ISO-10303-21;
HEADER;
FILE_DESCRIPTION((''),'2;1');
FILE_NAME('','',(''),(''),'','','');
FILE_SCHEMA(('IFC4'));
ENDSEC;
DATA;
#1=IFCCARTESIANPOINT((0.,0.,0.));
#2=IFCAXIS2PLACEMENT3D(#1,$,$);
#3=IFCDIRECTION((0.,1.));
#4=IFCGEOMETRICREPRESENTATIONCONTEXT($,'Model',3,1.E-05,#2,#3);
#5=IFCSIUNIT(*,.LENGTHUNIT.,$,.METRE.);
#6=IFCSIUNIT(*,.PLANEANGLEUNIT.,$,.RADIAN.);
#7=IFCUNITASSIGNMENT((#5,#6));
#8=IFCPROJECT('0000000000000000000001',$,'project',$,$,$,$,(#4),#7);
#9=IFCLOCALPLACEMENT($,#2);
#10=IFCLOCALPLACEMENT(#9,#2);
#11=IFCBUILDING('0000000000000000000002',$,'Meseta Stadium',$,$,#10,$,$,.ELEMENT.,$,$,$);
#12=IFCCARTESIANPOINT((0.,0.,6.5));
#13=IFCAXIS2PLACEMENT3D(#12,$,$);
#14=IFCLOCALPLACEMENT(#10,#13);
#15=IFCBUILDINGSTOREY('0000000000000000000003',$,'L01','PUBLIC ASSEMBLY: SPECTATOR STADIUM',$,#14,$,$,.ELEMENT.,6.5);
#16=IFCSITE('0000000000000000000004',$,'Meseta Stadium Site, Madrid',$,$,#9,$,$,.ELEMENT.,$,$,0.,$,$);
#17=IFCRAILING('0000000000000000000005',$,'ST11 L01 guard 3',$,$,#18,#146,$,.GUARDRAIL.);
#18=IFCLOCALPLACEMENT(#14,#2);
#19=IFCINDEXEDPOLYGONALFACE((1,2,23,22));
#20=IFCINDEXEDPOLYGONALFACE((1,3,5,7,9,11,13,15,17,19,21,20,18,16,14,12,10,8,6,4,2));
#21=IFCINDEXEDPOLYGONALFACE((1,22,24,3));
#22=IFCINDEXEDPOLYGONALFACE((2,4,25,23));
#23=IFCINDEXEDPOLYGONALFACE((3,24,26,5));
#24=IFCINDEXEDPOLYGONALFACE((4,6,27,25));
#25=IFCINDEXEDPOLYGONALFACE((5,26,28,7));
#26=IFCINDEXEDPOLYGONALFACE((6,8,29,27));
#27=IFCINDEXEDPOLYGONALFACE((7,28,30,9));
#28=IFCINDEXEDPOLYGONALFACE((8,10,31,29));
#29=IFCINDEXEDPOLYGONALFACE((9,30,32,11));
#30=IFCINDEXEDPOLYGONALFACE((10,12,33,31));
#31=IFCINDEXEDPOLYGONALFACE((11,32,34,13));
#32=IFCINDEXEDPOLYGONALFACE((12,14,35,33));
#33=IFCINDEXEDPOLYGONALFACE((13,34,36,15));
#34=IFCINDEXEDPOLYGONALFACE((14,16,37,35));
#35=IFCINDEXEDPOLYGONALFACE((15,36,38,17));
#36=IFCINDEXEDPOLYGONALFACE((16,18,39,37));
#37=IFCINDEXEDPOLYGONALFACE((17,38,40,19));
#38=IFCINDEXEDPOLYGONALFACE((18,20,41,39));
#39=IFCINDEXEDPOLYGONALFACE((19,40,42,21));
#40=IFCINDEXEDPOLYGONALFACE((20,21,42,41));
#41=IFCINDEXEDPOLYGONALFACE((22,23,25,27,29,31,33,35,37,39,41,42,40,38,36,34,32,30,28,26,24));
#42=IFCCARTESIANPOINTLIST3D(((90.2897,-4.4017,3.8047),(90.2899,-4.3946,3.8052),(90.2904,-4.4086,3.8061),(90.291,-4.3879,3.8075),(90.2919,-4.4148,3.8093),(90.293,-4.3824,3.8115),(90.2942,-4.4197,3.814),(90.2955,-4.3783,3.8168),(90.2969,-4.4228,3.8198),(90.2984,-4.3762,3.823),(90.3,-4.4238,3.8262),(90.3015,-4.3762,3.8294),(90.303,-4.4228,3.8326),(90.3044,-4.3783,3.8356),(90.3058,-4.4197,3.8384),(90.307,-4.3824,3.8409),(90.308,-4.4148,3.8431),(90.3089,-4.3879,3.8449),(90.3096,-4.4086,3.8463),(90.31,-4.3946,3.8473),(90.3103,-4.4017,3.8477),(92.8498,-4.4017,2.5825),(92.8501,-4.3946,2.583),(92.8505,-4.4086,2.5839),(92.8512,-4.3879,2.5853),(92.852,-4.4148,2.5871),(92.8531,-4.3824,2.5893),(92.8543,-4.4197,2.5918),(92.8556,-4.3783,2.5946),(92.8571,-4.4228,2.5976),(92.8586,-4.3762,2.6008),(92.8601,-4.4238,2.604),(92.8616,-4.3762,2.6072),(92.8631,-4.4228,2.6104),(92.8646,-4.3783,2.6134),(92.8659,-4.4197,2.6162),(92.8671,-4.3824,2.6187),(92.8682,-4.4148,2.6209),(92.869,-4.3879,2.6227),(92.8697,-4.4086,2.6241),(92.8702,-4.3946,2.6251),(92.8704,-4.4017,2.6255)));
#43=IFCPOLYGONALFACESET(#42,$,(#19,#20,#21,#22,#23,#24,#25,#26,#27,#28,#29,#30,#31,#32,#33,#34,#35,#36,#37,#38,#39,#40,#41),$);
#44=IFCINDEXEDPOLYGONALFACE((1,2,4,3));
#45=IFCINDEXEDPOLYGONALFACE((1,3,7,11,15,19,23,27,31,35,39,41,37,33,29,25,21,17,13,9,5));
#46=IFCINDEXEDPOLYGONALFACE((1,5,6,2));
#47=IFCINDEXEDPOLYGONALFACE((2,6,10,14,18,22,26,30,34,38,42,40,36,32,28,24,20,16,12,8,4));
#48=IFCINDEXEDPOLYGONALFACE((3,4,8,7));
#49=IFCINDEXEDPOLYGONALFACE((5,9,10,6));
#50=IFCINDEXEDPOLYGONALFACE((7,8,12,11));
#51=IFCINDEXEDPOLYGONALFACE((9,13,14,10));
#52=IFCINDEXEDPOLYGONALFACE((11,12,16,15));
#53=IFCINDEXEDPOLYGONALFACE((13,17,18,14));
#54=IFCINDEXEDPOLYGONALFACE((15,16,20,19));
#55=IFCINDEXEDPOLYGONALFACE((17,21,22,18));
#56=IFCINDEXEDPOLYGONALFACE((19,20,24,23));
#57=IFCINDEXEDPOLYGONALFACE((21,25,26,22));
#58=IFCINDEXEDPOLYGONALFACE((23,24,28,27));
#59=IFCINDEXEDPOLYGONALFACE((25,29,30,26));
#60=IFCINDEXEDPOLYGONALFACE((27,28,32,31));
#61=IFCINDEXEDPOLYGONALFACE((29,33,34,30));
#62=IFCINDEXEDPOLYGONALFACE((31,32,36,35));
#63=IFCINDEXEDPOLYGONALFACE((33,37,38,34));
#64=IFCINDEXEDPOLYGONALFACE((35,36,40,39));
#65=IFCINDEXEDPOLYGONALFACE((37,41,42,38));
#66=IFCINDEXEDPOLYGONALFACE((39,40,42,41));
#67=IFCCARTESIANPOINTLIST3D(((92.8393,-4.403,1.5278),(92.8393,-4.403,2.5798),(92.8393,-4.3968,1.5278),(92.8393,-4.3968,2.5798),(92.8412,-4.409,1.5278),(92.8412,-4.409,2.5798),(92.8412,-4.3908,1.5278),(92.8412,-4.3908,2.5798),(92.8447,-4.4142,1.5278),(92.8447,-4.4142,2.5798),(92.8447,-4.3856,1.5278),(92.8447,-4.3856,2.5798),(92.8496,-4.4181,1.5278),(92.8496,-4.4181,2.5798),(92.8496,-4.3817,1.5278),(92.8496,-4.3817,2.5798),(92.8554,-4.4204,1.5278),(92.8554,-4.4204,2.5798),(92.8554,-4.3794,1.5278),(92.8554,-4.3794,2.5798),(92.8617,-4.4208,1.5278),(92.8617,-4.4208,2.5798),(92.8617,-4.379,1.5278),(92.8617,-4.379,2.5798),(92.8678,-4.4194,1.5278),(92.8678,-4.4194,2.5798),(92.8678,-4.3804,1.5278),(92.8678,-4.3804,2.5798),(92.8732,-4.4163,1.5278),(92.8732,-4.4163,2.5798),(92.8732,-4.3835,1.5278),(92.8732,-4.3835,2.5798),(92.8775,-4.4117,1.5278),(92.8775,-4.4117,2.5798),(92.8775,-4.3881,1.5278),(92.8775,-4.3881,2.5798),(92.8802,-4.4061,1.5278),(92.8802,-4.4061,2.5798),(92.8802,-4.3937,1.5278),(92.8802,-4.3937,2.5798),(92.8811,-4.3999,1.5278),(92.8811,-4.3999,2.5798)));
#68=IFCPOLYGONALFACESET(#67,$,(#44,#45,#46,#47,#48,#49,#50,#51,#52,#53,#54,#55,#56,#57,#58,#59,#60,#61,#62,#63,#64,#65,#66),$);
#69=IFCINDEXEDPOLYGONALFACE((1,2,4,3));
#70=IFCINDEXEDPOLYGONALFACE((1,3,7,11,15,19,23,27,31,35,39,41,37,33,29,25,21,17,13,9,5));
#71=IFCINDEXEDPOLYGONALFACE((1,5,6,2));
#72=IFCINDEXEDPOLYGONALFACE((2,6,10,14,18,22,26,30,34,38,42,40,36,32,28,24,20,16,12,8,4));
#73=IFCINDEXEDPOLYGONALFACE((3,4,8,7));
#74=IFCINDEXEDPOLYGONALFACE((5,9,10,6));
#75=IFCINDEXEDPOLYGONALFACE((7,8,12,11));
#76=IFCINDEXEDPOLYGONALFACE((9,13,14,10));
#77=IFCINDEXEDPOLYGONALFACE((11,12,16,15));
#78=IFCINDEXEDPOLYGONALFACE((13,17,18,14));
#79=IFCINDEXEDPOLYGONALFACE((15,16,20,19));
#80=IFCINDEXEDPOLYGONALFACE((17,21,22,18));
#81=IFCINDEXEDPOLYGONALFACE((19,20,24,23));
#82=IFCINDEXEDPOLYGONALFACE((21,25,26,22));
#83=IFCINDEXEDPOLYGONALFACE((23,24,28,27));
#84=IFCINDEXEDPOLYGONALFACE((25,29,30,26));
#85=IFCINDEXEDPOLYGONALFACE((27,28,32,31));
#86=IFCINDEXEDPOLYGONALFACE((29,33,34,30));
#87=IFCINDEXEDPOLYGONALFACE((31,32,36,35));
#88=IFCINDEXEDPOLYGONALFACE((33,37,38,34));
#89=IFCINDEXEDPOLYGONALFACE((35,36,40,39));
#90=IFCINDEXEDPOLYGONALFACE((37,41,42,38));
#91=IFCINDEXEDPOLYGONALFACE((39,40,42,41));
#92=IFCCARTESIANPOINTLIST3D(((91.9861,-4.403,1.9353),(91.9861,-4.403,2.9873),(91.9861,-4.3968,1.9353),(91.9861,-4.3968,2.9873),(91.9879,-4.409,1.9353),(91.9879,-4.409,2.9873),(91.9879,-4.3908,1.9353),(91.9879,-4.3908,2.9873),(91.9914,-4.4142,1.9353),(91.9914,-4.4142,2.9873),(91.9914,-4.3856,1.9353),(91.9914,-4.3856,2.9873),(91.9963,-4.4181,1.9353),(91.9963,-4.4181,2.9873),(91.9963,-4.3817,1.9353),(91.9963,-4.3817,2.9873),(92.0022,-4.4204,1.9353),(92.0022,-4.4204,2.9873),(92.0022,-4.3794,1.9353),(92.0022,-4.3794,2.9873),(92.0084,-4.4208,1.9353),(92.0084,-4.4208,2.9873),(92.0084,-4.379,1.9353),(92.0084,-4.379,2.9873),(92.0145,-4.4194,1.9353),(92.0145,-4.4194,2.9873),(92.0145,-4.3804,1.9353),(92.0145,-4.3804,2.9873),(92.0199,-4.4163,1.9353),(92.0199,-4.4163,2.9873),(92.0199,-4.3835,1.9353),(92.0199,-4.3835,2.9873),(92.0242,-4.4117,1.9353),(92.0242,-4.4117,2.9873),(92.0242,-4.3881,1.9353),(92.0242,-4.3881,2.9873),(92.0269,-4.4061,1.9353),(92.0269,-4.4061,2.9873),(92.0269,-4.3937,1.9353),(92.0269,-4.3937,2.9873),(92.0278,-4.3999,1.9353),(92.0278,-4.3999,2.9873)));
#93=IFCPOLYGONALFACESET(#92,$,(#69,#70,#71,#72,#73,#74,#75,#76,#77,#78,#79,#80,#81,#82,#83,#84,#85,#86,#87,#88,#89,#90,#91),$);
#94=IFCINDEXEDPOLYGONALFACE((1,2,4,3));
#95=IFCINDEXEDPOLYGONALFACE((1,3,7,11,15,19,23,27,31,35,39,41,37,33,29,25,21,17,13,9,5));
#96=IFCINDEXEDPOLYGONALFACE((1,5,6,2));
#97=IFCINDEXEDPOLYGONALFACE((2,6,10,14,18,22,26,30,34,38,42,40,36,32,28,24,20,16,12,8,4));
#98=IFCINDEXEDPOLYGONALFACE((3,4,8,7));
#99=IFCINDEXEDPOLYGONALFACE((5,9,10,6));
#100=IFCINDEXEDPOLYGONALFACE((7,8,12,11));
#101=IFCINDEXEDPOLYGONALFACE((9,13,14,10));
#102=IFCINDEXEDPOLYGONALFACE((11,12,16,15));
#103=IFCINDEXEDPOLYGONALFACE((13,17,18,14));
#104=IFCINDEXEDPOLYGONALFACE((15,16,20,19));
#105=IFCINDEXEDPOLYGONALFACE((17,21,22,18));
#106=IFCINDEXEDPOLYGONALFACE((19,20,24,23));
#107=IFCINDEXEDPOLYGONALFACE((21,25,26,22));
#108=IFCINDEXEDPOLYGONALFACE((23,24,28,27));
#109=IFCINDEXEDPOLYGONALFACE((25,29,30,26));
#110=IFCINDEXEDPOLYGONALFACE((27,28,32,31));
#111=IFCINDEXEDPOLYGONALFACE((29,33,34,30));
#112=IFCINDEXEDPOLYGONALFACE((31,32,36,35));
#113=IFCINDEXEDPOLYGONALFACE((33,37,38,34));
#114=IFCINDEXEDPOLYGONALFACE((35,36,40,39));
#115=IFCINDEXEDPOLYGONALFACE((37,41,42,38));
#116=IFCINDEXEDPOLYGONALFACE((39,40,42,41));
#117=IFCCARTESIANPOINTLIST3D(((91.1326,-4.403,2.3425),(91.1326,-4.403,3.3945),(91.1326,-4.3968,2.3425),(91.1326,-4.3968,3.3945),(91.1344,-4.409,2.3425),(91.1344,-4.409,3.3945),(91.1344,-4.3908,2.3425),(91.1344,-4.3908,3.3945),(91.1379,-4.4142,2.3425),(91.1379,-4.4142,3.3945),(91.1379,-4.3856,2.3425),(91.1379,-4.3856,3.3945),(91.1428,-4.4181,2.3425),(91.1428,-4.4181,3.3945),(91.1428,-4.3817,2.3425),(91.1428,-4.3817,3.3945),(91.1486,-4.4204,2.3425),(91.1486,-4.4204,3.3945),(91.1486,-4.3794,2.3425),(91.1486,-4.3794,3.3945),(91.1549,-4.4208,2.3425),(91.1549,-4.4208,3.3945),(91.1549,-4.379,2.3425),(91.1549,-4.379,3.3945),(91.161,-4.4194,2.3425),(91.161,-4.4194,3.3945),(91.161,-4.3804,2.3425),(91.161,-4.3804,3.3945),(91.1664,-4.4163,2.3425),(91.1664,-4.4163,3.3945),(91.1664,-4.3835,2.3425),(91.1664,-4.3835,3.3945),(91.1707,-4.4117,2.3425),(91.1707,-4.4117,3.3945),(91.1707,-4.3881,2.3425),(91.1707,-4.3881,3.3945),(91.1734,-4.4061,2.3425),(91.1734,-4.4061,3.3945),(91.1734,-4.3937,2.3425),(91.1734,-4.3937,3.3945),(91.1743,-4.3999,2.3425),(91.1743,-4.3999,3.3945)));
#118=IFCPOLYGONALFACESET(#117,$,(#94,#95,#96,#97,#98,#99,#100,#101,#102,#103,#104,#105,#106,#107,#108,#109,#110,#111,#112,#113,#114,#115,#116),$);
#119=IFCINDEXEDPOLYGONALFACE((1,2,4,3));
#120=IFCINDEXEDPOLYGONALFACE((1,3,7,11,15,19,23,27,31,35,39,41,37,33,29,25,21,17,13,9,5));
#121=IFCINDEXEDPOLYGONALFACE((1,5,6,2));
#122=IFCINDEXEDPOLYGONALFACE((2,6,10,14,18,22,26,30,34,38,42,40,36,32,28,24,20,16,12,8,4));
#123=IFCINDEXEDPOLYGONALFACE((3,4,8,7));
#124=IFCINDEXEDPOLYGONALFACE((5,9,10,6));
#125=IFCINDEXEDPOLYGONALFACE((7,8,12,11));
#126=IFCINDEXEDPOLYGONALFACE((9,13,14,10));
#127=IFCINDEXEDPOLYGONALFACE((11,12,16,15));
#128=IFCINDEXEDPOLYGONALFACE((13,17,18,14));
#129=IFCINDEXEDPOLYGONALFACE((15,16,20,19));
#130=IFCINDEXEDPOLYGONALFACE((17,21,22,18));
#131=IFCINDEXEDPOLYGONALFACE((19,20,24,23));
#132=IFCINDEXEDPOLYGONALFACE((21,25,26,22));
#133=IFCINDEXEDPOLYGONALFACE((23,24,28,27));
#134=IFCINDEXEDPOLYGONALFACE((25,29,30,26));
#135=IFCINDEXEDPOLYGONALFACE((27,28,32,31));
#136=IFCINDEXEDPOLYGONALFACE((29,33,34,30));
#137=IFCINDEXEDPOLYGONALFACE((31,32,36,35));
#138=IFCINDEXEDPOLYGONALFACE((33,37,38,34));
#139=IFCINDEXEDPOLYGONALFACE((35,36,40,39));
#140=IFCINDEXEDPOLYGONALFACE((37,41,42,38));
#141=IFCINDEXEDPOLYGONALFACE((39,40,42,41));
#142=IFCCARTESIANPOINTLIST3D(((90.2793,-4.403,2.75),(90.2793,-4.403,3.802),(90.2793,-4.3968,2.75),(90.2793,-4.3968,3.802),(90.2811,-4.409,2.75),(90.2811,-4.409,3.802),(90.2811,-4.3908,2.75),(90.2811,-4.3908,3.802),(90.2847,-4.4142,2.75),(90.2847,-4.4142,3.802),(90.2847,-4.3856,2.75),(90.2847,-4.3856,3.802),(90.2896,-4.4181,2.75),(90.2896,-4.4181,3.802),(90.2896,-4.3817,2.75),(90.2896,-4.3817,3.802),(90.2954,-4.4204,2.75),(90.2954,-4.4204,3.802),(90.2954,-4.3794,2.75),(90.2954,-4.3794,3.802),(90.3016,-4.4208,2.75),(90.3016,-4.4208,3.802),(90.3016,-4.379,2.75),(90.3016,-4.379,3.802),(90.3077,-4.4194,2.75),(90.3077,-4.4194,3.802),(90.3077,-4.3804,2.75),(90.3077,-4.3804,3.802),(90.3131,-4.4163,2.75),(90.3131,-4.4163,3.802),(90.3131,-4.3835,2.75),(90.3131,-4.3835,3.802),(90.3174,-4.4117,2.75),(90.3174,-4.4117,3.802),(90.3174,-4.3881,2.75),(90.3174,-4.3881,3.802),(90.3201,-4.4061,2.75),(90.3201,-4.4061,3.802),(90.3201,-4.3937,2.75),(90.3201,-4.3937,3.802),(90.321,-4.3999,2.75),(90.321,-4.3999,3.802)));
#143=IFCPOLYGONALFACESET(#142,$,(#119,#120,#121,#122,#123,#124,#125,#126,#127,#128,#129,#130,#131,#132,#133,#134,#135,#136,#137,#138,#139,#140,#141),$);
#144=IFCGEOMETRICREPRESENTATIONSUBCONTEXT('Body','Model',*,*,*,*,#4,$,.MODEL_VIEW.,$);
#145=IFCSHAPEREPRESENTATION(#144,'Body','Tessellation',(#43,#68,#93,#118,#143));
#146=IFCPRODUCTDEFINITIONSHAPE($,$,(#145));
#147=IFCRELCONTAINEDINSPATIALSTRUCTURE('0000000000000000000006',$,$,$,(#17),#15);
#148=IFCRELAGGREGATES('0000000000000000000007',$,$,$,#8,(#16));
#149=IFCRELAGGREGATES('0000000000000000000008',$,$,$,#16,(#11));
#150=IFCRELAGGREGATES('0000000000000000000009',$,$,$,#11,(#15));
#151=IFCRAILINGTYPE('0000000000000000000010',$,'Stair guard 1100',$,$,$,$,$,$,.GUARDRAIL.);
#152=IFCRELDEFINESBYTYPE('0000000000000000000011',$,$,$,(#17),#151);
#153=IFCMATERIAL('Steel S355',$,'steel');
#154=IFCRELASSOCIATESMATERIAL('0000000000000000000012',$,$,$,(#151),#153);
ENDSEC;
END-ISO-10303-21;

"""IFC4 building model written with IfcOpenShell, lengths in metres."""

from ifc_helpers import new_model, si_unit, direction, frame, origin, origin_2d, place, context, subcontext, project, spatial, circle, extrude, material, type_object, element, save


model = new_model("IFC4")

# Units and contexts
model_context = context("Model", 3, precision=1e-05, world=origin(), true_north=direction((0.0, 1.0)))
body_context = subcontext(model_context, "Body", "Model", "MODEL_VIEW")
ifc_project = project(units=[si_unit("LENGTHUNIT", "METRE"), si_unit("PLANEANGLEUNIT", "RADIAN")], contexts=[model_context])

# Site, building, storey
site_placement = place(None, origin())
site = spatial("IfcSite", under=ifc_project, at=site_placement, Name="Meseta Stadium Site, Madrid", CompositionType="ELEMENT", RefElevation=0.0)
building_placement = place(site_placement, origin())
building = spatial("IfcBuilding", under=site, at=building_placement, Name="Meseta Stadium", CompositionType="ELEMENT")
storey_placement = place(building_placement, frame((0.0, 0.0, 6.5)))
storey = spatial("IfcBuildingStorey", under=building, at=storey_placement, Name="L01", Description="PUBLIC ASSEMBLY: SPECTATOR STADIUM", CompositionType="ELEMENT", Elevation=6.5)

# Railing
ifc_material_1 = material(Name="Steel S355", Category="steel")
railing_type_1 = type_object("IfcRailingType", Name="Stair guard 1100", PredefinedType="GUARDRAIL", material=ifc_material_1)
railing_1_placement = place(storey_placement, frame((92.8601, -4.3999, 1.5278)))
element("IfcRailing", 1, at=railing_1_placement, inside=storey, type_object=railing_type_1, Name="ST11 L01 guard 3", PredefinedType="GUARDRAIL", context=body_context, shape_type="SweptSolid", body=[
    extrude(circle(Radius=0.0239, at=origin_2d()), frame((0.0, 0.0, 1.0762), z_axis=(-0.902437, 0.0, 0.430822), x_axis=(0.0, -1.0, 0.0)), (0.0, 0.0, 1.0), 2.8369),
    extrude(circle(Radius=0.021, at=origin_2d()), origin(), (0.0, 0.0, 1.0), 1.052),
    extrude(circle(Radius=0.021, at=origin_2d()), frame((-0.8533, 0.0, 0.4075)), (0.0, 0.0, 1.0), 1.052),
    extrude(circle(Radius=0.021, at=origin_2d()), frame((-1.7068, 0.0, 0.8147)), (0.0, 0.0, 1.0), 1.052),
    extrude(circle(Radius=0.021, at=origin_2d()), frame((-2.5601, 0.0, 1.2222)), (0.0, 0.0, 1.0), 1.052),
])

save(model, "model.ifc")
